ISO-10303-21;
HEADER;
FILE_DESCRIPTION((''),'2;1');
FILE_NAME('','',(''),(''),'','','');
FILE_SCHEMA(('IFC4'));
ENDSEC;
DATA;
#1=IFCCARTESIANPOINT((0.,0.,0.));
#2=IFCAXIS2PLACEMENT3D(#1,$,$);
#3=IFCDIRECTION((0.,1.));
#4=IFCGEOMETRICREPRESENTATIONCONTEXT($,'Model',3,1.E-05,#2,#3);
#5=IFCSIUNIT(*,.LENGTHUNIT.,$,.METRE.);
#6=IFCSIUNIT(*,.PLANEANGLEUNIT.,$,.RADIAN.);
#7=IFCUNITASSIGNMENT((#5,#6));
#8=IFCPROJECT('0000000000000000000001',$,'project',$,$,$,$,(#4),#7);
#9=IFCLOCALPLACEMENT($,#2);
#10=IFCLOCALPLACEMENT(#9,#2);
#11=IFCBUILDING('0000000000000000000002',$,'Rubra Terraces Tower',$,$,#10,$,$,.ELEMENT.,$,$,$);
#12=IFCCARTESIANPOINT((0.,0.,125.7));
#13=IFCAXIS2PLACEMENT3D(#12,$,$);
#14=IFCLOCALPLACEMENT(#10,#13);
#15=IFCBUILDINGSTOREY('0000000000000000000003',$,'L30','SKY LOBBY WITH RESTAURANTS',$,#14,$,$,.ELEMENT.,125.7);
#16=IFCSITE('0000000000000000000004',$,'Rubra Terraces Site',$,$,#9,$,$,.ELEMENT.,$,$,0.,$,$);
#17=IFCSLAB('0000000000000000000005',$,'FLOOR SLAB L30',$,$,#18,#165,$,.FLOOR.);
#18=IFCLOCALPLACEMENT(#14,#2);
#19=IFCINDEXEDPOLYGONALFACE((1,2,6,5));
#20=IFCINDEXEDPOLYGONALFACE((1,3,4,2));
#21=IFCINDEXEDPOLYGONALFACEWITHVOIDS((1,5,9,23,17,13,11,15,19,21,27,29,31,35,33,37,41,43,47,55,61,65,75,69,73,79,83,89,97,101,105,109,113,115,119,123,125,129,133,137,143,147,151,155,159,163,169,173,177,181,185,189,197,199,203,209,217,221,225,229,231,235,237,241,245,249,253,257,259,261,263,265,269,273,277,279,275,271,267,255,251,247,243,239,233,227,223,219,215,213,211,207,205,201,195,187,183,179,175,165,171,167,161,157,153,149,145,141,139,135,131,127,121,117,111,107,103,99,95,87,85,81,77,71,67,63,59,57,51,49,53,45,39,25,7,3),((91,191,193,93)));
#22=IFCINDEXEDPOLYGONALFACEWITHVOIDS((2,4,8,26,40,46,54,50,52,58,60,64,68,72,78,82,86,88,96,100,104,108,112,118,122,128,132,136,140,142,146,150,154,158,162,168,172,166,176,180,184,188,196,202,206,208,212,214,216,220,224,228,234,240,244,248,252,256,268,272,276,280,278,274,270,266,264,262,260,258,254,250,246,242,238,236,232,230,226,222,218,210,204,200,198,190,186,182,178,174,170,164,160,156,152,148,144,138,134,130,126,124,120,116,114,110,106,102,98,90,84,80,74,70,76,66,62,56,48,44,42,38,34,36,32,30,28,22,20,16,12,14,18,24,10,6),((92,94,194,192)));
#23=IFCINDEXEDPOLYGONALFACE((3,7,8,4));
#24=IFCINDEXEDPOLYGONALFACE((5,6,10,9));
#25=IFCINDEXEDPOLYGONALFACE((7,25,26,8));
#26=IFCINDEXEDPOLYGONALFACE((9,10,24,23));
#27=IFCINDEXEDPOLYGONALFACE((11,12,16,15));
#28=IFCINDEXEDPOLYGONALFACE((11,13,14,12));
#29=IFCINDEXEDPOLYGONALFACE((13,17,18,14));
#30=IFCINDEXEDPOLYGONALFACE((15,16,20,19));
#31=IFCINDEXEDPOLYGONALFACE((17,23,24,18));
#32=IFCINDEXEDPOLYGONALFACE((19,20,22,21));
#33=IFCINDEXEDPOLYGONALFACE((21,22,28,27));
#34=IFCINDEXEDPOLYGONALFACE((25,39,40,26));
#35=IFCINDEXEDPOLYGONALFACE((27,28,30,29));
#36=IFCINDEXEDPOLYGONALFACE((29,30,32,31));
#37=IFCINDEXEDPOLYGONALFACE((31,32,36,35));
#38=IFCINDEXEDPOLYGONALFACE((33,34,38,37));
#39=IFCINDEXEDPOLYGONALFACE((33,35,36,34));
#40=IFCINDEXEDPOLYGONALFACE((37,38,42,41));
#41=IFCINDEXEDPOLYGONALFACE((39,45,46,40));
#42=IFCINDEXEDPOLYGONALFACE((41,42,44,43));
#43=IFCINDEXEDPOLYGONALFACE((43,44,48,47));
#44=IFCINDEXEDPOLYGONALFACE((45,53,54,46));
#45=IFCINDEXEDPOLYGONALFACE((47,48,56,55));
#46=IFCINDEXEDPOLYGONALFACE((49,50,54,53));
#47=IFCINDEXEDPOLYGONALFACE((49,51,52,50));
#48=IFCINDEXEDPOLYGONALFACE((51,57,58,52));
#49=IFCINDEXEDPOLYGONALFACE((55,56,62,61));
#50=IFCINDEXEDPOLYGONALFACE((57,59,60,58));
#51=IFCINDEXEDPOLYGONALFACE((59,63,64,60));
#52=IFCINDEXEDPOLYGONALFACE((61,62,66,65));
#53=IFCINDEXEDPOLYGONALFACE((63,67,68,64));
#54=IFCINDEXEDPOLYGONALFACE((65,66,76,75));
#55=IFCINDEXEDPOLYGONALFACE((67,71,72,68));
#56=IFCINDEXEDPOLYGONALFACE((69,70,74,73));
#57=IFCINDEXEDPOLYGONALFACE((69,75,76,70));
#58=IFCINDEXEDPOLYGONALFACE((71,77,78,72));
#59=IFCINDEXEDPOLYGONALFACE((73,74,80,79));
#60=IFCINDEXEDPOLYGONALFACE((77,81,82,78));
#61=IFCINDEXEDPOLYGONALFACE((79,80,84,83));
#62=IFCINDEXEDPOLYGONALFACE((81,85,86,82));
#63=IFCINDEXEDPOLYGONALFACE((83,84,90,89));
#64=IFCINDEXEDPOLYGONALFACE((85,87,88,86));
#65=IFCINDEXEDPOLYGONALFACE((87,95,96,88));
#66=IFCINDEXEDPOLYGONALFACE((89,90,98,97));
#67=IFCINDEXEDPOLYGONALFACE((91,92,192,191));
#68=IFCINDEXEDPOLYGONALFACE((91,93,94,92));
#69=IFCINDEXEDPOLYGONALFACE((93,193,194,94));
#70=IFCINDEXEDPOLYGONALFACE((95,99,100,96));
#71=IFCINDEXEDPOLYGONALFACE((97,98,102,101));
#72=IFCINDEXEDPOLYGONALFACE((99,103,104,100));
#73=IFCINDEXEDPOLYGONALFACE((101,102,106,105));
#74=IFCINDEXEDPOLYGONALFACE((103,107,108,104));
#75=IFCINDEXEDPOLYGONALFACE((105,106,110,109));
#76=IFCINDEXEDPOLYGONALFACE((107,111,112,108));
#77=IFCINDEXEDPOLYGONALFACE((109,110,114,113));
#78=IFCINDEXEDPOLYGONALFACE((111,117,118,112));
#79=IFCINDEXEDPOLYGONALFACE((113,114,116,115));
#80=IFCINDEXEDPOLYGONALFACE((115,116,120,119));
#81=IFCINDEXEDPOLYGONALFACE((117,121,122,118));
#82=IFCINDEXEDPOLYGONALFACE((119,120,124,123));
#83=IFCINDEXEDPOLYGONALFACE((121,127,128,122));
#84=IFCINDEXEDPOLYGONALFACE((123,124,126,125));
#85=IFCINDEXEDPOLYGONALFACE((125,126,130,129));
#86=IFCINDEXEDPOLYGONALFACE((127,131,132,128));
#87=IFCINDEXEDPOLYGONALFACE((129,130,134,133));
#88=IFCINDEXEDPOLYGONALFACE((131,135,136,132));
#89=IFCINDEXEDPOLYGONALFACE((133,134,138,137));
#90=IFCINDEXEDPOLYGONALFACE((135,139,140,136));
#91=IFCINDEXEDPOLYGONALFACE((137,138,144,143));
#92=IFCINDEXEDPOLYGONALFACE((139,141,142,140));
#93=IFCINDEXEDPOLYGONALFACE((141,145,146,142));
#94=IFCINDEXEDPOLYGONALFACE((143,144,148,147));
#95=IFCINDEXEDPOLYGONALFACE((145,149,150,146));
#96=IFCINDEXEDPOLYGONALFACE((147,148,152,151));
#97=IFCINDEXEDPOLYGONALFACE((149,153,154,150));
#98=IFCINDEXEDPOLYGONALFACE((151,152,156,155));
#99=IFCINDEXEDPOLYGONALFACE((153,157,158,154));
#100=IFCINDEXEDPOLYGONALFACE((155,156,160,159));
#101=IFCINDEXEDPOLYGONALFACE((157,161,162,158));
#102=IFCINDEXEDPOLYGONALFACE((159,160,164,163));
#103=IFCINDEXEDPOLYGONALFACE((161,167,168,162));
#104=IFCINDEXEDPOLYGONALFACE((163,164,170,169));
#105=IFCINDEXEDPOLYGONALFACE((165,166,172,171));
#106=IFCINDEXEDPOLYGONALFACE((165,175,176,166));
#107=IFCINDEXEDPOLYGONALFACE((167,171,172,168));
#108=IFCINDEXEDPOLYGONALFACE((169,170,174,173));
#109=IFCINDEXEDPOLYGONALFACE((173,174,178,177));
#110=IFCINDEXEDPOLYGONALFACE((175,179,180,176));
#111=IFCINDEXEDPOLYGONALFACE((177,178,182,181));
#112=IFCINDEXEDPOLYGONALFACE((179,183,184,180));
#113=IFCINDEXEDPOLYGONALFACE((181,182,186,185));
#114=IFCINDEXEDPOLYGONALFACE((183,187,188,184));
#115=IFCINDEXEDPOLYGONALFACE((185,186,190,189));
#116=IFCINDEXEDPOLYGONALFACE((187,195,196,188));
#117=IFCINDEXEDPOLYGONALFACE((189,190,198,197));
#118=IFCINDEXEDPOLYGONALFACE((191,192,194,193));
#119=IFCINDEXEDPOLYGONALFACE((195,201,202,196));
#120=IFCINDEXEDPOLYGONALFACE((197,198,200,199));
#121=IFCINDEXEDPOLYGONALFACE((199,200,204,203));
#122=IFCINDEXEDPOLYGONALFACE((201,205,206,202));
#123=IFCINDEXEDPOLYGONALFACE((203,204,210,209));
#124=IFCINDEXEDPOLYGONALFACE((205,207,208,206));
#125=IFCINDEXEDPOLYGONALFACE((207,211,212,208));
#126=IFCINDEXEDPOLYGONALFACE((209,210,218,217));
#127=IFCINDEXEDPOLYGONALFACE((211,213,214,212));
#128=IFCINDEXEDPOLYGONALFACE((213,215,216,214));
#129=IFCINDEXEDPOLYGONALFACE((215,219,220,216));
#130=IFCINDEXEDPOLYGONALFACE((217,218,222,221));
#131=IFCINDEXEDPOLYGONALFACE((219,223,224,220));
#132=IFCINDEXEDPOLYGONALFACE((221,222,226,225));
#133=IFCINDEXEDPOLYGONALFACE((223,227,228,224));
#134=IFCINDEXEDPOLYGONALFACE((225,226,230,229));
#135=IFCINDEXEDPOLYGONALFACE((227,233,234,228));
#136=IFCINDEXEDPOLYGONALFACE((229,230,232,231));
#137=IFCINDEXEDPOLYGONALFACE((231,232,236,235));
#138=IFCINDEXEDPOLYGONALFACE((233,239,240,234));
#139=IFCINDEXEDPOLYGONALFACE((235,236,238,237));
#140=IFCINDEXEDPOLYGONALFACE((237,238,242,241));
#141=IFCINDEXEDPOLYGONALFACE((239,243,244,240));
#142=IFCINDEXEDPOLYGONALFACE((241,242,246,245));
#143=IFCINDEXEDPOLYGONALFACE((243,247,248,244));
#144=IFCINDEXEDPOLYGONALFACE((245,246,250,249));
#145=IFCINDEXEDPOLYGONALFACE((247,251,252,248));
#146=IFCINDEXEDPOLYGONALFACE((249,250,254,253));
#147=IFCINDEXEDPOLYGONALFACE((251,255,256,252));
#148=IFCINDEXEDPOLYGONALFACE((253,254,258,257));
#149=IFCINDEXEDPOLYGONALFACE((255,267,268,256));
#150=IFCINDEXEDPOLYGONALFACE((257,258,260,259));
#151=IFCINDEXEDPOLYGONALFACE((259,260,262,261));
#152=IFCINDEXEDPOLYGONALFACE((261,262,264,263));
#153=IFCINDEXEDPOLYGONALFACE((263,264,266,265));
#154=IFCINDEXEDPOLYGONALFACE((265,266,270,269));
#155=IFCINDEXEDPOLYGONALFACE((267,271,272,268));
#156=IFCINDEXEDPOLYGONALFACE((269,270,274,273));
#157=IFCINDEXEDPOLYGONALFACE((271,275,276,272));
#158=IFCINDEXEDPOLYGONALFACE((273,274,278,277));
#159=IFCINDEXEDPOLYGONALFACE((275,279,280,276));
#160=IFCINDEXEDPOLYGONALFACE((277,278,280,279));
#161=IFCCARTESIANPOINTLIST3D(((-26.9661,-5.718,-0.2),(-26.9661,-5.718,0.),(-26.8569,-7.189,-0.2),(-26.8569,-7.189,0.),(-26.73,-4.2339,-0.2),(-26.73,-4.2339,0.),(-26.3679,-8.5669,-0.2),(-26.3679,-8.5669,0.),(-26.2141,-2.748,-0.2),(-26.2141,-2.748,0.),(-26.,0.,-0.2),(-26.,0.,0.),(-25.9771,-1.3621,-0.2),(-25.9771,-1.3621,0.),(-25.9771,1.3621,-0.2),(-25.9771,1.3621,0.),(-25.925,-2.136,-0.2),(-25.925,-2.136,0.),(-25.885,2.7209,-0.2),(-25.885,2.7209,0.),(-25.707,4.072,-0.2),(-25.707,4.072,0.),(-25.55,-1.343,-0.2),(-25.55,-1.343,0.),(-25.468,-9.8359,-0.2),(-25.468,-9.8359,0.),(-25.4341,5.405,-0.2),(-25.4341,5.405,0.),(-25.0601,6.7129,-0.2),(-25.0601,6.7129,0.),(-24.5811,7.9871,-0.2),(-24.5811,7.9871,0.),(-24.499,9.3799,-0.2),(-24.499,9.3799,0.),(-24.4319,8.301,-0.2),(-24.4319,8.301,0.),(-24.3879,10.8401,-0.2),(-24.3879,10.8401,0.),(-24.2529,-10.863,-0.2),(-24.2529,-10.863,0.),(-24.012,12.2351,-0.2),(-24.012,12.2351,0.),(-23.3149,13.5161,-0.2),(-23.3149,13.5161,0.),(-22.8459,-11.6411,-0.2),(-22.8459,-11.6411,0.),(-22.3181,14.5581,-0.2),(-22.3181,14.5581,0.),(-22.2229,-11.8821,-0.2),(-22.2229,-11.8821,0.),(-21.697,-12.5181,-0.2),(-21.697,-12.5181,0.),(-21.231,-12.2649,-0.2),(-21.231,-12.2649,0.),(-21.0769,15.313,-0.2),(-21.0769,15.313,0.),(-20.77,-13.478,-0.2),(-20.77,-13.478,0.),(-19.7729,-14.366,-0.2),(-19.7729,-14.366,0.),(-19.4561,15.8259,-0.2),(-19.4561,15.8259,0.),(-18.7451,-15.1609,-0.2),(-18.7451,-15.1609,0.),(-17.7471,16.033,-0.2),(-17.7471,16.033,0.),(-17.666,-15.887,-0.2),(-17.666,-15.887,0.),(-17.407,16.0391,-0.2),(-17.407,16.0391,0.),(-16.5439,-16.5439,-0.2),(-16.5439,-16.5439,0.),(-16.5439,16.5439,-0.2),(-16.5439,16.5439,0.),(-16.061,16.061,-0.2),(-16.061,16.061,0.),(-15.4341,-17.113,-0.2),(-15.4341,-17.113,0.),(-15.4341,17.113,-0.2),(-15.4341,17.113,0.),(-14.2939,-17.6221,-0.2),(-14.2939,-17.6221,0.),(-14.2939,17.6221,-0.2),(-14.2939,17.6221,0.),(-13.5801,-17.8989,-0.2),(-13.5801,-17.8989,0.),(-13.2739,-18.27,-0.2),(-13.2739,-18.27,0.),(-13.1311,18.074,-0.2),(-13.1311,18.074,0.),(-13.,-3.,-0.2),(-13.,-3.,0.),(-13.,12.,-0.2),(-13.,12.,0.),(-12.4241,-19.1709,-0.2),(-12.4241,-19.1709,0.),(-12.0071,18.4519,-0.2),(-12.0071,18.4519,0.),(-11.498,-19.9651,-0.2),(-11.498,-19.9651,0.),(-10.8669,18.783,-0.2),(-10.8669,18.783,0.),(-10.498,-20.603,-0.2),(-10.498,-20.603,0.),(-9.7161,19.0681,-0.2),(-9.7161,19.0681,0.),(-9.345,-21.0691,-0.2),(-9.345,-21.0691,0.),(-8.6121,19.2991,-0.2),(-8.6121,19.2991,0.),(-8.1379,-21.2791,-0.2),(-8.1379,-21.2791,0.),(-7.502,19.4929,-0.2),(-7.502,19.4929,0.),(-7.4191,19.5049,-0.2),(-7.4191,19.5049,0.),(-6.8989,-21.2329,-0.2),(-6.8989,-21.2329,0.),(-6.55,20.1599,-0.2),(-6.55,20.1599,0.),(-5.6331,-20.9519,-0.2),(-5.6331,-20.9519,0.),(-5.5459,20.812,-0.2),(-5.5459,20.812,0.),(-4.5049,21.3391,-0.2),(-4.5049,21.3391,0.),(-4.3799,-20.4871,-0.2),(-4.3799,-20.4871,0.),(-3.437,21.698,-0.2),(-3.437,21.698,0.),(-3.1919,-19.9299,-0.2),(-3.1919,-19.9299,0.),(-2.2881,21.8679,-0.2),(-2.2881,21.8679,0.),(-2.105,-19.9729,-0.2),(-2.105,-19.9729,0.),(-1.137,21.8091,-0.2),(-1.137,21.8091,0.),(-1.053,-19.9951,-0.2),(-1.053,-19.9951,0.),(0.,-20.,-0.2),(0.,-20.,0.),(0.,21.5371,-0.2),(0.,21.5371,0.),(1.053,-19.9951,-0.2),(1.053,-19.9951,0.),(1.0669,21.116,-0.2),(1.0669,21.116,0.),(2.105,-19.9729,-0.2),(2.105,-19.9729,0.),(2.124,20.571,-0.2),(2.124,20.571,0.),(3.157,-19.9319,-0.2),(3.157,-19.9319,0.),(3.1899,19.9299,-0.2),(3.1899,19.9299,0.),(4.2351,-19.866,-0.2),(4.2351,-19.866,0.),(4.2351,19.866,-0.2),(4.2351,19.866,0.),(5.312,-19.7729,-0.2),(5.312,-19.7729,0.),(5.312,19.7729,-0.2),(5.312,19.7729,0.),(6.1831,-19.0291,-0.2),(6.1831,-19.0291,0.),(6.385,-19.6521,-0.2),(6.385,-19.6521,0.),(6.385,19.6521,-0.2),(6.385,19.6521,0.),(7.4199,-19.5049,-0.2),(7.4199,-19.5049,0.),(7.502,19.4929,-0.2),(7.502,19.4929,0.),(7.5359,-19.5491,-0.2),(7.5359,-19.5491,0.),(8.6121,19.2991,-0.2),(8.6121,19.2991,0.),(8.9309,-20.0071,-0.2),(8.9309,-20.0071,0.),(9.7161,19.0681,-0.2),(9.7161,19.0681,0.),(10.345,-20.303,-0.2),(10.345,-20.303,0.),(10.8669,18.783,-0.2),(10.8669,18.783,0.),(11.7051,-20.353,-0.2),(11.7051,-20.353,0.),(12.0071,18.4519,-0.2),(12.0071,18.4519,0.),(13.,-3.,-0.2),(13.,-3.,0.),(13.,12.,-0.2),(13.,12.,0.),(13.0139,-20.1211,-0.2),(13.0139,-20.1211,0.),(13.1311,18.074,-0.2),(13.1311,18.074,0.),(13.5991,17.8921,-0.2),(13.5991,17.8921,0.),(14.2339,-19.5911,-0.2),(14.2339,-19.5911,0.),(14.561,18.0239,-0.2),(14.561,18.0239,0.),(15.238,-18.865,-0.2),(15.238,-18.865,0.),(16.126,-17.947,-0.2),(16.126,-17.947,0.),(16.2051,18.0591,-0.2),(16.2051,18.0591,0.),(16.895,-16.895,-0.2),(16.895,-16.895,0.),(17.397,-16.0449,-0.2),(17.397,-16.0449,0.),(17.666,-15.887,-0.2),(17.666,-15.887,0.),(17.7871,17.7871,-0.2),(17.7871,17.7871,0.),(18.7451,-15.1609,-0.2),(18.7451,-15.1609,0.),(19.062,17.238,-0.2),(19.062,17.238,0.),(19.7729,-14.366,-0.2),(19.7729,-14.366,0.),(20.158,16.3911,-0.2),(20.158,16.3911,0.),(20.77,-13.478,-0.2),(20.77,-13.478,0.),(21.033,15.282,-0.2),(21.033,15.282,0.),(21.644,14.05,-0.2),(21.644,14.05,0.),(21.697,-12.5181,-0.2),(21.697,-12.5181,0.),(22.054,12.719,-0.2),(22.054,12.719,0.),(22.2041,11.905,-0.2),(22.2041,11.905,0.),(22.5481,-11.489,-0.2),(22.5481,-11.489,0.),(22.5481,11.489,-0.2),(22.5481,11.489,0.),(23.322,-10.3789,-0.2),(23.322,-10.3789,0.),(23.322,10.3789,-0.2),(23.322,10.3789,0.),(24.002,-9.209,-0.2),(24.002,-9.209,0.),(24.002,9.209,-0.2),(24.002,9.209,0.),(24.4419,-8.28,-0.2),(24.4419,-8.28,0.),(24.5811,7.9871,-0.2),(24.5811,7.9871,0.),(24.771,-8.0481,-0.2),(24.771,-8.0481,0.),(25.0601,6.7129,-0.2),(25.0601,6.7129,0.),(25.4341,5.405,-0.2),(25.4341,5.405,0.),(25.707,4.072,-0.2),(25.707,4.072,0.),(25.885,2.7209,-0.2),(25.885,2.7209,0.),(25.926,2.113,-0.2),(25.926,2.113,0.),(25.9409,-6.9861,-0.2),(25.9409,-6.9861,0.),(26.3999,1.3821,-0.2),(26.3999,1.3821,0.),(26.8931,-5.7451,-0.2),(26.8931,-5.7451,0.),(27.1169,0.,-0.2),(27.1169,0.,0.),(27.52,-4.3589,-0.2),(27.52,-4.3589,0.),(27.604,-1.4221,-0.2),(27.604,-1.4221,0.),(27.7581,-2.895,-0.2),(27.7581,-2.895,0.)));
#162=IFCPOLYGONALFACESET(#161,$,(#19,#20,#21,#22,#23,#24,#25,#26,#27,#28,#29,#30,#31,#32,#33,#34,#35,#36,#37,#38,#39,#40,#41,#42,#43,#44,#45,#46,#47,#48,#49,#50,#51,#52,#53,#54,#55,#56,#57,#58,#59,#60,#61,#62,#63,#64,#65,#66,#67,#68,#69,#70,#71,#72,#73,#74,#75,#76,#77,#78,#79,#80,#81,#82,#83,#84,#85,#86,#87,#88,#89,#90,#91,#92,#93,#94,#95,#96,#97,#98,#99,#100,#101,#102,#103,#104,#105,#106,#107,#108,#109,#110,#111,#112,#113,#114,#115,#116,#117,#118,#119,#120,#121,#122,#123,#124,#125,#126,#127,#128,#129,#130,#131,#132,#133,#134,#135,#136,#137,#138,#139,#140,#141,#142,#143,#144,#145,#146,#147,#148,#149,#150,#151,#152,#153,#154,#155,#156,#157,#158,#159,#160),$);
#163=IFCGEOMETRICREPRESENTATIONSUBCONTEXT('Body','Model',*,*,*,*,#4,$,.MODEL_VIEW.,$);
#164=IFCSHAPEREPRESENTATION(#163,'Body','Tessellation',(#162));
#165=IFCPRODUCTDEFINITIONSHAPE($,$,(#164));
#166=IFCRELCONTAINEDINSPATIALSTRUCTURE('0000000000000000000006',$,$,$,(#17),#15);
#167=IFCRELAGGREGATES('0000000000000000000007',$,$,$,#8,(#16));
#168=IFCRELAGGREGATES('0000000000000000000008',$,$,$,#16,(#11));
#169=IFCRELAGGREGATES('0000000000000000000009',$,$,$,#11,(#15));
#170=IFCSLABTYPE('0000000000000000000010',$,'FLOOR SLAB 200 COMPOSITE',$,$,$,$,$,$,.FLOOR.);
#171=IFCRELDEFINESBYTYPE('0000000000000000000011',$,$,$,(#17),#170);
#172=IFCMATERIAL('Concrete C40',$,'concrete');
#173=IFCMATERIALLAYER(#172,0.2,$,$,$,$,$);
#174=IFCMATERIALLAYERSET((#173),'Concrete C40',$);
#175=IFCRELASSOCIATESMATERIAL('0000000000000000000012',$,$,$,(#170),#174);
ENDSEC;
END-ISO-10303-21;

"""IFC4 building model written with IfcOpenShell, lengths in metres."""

from ifc_helpers import new_model, si_unit, direction, frame, origin, place, context, subcontext, project, spatial, polyline, outline, extrude, material, layer, layer_set, type_object, element, save


model = new_model("IFC4")

# Units and contexts
model_context = context("Model", 3, precision=1e-05, world=origin(), true_north=direction((0.0, 1.0)))
body_context = subcontext(model_context, "Body", "Model", "MODEL_VIEW")
ifc_project = project(units=[si_unit("LENGTHUNIT", "METRE"), si_unit("PLANEANGLEUNIT", "RADIAN")], contexts=[model_context])

# Site, building, storey
site_placement = place(None, origin())
site = spatial("IfcSite", under=ifc_project, at=site_placement, Name="Rubra Terraces Site", CompositionType="ELEMENT", RefElevation=0.0)
building_placement = place(site_placement, origin())
building = spatial("IfcBuilding", under=site, at=building_placement, Name="Rubra Terraces Tower", CompositionType="ELEMENT")
storey_placement = place(building_placement, frame((0.0, 0.0, 125.7)))
storey = spatial("IfcBuildingStorey", under=building, at=storey_placement, Name="L30", Description="SKY LOBBY WITH RESTAURANTS", CompositionType="ELEMENT", Elevation=125.7)

# Slab
ifc_material_1 = material(Name="Concrete C40", Category="concrete")
ifc_layer_1 = layer(ifc_material_1, 0.2)
ifc_layer_set_1 = layer_set([ifc_layer_1], Name="Concrete C40")
slab_type = type_object("IfcSlabType", Name="FLOOR SLAB 200 COMPOSITE", PredefinedType="FLOOR", material=ifc_layer_set_1)
slab_placement = place(storey_placement, frame((0.0, 0.0, -0.2)))
element("IfcSlab", 1, at=slab_placement, inside=storey, type_object=slab_type, Name="FLOOR SLAB L30", PredefinedType="FLOOR", context=body_context, shape_type="SweptSolid", body=[
    extrude(outline(polyline([(26.3999, 1.3821), (25.926, 2.113), (25.885, 2.7209), (25.707, 4.072), (25.4341, 5.405), (25.0601, 6.7129), (24.5811, 7.9871), (24.002, 9.209), (23.322, 10.3789), (22.5481, 11.489), (22.2041, 11.905), (22.054, 12.719), (21.644, 14.05), (21.033, 15.282), (20.158, 16.3911), (19.062, 17.238), (17.7871, 17.7871), (16.2051, 18.0591), (14.561, 18.0239), (13.5991, 17.8921), (13.1311, 18.074), (12.0071, 18.4519), (10.8669, 18.783), (9.7161, 19.0681), (8.6121, 19.2991), (7.502, 19.4929), (6.385, 19.6521), (5.312, 19.7729), (4.2351, 19.866), (3.1899, 19.9299), (2.124, 20.571), (1.0669, 21.116), (0.0, 21.5371), (-1.137, 21.8091), (-2.2881, 21.8679), (-3.437, 21.698), (-4.5049, 21.3391), (-5.5459, 20.812), (-6.55, 20.1599), (-7.468, 19.468), (-7.4189, 19.5049), (-7.502, 19.4929), (-8.6121, 19.2991), (-9.7161, 19.0681), (-10.8669, 18.783), (-12.0071, 18.4519), (-13.1311, 18.074), (-14.2939, 17.6221), (-15.4341, 17.113), (-16.5439, 16.5439), (-17.407, 16.0391), (-16.061, 16.061), (-17.7471, 16.033), (-19.4561, 15.8259), (-21.0769, 15.313), (-22.3181, 14.5581), (-23.3149, 13.5161), (-24.012, 12.2351), (-24.3879, 10.8401), (-24.499, 9.3799), (-24.4319, 8.301), (-24.5811, 7.9871), (-25.0601, 6.7129), (-25.4341, 5.405), (-25.707, 4.072), (-25.885, 2.7209), (-25.9771, 1.3621), (-26.0, 0.0), (-25.9771, -1.3621), (-25.925, -2.136), (-25.55, -1.343), (-26.2141, -2.748), (-26.73, -4.2339), (-26.9661, -5.718), (-26.8569, -7.189), (-26.3679, -8.5669), (-25.468, -9.8359), (-24.2529, -10.863), (-22.8459, -11.6411), (-21.231, -12.2649), (-22.2229, -11.8821), (-21.697, -12.5181), (-20.77, -13.478), (-19.7729, -14.366), (-18.7451, -15.1609), (-17.666, -15.887), (-16.5439, -16.5439), (-15.4341, -17.113), (-14.2939, -17.6221), (-13.5801, -17.8989), (-13.2739, -18.27), (-12.4241, -19.1709), (-11.498, -19.9651), (-10.498, -20.603), (-9.345, -21.0691), (-8.1379, -21.2791), (-6.8989, -21.2329), (-5.6331, -20.9519), (-4.3799, -20.4871), (-3.1919, -19.9299), (-2.105, -19.9729), (-1.053, -19.9951), (0.0, -20.0), (1.053, -19.9951), (2.105, -19.9729), (3.157, -19.9319), (4.2351, -19.866), (5.312, -19.7729), (6.385, -19.6521), (7.4199, -19.5049), (6.1831, -19.0291), (7.5359, -19.5491), (8.9309, -20.0071), (10.345, -20.303), (11.7051, -20.353), (13.0139, -20.1211), (14.2339, -19.5911), (15.238, -18.865), (16.126, -17.947), (16.895, -16.895), (17.397, -16.0449), (17.666, -15.887), (18.7451, -15.1609), (19.7729, -14.366), (20.77, -13.478), (21.697, -12.5181), (22.5481, -11.489), (23.322, -10.3789), (24.002, -9.209), (24.4419, -8.28), (24.771, -8.0481), (25.9409, -6.9861), (26.8931, -5.7451), (27.52, -4.3589), (27.7581, -2.895), (27.604, -1.4221), (27.1169, 0.0), (26.3999, 1.3821)]), holes=[polyline([(13.0, 12.0), (13.0, -3.0), (-13.0, -3.0), (-13.0, 12.0), (13.0, 12.0)])]), origin(), (0.0, 0.0, 1.0), 0.2),
])

save(model, "model.ifc")
